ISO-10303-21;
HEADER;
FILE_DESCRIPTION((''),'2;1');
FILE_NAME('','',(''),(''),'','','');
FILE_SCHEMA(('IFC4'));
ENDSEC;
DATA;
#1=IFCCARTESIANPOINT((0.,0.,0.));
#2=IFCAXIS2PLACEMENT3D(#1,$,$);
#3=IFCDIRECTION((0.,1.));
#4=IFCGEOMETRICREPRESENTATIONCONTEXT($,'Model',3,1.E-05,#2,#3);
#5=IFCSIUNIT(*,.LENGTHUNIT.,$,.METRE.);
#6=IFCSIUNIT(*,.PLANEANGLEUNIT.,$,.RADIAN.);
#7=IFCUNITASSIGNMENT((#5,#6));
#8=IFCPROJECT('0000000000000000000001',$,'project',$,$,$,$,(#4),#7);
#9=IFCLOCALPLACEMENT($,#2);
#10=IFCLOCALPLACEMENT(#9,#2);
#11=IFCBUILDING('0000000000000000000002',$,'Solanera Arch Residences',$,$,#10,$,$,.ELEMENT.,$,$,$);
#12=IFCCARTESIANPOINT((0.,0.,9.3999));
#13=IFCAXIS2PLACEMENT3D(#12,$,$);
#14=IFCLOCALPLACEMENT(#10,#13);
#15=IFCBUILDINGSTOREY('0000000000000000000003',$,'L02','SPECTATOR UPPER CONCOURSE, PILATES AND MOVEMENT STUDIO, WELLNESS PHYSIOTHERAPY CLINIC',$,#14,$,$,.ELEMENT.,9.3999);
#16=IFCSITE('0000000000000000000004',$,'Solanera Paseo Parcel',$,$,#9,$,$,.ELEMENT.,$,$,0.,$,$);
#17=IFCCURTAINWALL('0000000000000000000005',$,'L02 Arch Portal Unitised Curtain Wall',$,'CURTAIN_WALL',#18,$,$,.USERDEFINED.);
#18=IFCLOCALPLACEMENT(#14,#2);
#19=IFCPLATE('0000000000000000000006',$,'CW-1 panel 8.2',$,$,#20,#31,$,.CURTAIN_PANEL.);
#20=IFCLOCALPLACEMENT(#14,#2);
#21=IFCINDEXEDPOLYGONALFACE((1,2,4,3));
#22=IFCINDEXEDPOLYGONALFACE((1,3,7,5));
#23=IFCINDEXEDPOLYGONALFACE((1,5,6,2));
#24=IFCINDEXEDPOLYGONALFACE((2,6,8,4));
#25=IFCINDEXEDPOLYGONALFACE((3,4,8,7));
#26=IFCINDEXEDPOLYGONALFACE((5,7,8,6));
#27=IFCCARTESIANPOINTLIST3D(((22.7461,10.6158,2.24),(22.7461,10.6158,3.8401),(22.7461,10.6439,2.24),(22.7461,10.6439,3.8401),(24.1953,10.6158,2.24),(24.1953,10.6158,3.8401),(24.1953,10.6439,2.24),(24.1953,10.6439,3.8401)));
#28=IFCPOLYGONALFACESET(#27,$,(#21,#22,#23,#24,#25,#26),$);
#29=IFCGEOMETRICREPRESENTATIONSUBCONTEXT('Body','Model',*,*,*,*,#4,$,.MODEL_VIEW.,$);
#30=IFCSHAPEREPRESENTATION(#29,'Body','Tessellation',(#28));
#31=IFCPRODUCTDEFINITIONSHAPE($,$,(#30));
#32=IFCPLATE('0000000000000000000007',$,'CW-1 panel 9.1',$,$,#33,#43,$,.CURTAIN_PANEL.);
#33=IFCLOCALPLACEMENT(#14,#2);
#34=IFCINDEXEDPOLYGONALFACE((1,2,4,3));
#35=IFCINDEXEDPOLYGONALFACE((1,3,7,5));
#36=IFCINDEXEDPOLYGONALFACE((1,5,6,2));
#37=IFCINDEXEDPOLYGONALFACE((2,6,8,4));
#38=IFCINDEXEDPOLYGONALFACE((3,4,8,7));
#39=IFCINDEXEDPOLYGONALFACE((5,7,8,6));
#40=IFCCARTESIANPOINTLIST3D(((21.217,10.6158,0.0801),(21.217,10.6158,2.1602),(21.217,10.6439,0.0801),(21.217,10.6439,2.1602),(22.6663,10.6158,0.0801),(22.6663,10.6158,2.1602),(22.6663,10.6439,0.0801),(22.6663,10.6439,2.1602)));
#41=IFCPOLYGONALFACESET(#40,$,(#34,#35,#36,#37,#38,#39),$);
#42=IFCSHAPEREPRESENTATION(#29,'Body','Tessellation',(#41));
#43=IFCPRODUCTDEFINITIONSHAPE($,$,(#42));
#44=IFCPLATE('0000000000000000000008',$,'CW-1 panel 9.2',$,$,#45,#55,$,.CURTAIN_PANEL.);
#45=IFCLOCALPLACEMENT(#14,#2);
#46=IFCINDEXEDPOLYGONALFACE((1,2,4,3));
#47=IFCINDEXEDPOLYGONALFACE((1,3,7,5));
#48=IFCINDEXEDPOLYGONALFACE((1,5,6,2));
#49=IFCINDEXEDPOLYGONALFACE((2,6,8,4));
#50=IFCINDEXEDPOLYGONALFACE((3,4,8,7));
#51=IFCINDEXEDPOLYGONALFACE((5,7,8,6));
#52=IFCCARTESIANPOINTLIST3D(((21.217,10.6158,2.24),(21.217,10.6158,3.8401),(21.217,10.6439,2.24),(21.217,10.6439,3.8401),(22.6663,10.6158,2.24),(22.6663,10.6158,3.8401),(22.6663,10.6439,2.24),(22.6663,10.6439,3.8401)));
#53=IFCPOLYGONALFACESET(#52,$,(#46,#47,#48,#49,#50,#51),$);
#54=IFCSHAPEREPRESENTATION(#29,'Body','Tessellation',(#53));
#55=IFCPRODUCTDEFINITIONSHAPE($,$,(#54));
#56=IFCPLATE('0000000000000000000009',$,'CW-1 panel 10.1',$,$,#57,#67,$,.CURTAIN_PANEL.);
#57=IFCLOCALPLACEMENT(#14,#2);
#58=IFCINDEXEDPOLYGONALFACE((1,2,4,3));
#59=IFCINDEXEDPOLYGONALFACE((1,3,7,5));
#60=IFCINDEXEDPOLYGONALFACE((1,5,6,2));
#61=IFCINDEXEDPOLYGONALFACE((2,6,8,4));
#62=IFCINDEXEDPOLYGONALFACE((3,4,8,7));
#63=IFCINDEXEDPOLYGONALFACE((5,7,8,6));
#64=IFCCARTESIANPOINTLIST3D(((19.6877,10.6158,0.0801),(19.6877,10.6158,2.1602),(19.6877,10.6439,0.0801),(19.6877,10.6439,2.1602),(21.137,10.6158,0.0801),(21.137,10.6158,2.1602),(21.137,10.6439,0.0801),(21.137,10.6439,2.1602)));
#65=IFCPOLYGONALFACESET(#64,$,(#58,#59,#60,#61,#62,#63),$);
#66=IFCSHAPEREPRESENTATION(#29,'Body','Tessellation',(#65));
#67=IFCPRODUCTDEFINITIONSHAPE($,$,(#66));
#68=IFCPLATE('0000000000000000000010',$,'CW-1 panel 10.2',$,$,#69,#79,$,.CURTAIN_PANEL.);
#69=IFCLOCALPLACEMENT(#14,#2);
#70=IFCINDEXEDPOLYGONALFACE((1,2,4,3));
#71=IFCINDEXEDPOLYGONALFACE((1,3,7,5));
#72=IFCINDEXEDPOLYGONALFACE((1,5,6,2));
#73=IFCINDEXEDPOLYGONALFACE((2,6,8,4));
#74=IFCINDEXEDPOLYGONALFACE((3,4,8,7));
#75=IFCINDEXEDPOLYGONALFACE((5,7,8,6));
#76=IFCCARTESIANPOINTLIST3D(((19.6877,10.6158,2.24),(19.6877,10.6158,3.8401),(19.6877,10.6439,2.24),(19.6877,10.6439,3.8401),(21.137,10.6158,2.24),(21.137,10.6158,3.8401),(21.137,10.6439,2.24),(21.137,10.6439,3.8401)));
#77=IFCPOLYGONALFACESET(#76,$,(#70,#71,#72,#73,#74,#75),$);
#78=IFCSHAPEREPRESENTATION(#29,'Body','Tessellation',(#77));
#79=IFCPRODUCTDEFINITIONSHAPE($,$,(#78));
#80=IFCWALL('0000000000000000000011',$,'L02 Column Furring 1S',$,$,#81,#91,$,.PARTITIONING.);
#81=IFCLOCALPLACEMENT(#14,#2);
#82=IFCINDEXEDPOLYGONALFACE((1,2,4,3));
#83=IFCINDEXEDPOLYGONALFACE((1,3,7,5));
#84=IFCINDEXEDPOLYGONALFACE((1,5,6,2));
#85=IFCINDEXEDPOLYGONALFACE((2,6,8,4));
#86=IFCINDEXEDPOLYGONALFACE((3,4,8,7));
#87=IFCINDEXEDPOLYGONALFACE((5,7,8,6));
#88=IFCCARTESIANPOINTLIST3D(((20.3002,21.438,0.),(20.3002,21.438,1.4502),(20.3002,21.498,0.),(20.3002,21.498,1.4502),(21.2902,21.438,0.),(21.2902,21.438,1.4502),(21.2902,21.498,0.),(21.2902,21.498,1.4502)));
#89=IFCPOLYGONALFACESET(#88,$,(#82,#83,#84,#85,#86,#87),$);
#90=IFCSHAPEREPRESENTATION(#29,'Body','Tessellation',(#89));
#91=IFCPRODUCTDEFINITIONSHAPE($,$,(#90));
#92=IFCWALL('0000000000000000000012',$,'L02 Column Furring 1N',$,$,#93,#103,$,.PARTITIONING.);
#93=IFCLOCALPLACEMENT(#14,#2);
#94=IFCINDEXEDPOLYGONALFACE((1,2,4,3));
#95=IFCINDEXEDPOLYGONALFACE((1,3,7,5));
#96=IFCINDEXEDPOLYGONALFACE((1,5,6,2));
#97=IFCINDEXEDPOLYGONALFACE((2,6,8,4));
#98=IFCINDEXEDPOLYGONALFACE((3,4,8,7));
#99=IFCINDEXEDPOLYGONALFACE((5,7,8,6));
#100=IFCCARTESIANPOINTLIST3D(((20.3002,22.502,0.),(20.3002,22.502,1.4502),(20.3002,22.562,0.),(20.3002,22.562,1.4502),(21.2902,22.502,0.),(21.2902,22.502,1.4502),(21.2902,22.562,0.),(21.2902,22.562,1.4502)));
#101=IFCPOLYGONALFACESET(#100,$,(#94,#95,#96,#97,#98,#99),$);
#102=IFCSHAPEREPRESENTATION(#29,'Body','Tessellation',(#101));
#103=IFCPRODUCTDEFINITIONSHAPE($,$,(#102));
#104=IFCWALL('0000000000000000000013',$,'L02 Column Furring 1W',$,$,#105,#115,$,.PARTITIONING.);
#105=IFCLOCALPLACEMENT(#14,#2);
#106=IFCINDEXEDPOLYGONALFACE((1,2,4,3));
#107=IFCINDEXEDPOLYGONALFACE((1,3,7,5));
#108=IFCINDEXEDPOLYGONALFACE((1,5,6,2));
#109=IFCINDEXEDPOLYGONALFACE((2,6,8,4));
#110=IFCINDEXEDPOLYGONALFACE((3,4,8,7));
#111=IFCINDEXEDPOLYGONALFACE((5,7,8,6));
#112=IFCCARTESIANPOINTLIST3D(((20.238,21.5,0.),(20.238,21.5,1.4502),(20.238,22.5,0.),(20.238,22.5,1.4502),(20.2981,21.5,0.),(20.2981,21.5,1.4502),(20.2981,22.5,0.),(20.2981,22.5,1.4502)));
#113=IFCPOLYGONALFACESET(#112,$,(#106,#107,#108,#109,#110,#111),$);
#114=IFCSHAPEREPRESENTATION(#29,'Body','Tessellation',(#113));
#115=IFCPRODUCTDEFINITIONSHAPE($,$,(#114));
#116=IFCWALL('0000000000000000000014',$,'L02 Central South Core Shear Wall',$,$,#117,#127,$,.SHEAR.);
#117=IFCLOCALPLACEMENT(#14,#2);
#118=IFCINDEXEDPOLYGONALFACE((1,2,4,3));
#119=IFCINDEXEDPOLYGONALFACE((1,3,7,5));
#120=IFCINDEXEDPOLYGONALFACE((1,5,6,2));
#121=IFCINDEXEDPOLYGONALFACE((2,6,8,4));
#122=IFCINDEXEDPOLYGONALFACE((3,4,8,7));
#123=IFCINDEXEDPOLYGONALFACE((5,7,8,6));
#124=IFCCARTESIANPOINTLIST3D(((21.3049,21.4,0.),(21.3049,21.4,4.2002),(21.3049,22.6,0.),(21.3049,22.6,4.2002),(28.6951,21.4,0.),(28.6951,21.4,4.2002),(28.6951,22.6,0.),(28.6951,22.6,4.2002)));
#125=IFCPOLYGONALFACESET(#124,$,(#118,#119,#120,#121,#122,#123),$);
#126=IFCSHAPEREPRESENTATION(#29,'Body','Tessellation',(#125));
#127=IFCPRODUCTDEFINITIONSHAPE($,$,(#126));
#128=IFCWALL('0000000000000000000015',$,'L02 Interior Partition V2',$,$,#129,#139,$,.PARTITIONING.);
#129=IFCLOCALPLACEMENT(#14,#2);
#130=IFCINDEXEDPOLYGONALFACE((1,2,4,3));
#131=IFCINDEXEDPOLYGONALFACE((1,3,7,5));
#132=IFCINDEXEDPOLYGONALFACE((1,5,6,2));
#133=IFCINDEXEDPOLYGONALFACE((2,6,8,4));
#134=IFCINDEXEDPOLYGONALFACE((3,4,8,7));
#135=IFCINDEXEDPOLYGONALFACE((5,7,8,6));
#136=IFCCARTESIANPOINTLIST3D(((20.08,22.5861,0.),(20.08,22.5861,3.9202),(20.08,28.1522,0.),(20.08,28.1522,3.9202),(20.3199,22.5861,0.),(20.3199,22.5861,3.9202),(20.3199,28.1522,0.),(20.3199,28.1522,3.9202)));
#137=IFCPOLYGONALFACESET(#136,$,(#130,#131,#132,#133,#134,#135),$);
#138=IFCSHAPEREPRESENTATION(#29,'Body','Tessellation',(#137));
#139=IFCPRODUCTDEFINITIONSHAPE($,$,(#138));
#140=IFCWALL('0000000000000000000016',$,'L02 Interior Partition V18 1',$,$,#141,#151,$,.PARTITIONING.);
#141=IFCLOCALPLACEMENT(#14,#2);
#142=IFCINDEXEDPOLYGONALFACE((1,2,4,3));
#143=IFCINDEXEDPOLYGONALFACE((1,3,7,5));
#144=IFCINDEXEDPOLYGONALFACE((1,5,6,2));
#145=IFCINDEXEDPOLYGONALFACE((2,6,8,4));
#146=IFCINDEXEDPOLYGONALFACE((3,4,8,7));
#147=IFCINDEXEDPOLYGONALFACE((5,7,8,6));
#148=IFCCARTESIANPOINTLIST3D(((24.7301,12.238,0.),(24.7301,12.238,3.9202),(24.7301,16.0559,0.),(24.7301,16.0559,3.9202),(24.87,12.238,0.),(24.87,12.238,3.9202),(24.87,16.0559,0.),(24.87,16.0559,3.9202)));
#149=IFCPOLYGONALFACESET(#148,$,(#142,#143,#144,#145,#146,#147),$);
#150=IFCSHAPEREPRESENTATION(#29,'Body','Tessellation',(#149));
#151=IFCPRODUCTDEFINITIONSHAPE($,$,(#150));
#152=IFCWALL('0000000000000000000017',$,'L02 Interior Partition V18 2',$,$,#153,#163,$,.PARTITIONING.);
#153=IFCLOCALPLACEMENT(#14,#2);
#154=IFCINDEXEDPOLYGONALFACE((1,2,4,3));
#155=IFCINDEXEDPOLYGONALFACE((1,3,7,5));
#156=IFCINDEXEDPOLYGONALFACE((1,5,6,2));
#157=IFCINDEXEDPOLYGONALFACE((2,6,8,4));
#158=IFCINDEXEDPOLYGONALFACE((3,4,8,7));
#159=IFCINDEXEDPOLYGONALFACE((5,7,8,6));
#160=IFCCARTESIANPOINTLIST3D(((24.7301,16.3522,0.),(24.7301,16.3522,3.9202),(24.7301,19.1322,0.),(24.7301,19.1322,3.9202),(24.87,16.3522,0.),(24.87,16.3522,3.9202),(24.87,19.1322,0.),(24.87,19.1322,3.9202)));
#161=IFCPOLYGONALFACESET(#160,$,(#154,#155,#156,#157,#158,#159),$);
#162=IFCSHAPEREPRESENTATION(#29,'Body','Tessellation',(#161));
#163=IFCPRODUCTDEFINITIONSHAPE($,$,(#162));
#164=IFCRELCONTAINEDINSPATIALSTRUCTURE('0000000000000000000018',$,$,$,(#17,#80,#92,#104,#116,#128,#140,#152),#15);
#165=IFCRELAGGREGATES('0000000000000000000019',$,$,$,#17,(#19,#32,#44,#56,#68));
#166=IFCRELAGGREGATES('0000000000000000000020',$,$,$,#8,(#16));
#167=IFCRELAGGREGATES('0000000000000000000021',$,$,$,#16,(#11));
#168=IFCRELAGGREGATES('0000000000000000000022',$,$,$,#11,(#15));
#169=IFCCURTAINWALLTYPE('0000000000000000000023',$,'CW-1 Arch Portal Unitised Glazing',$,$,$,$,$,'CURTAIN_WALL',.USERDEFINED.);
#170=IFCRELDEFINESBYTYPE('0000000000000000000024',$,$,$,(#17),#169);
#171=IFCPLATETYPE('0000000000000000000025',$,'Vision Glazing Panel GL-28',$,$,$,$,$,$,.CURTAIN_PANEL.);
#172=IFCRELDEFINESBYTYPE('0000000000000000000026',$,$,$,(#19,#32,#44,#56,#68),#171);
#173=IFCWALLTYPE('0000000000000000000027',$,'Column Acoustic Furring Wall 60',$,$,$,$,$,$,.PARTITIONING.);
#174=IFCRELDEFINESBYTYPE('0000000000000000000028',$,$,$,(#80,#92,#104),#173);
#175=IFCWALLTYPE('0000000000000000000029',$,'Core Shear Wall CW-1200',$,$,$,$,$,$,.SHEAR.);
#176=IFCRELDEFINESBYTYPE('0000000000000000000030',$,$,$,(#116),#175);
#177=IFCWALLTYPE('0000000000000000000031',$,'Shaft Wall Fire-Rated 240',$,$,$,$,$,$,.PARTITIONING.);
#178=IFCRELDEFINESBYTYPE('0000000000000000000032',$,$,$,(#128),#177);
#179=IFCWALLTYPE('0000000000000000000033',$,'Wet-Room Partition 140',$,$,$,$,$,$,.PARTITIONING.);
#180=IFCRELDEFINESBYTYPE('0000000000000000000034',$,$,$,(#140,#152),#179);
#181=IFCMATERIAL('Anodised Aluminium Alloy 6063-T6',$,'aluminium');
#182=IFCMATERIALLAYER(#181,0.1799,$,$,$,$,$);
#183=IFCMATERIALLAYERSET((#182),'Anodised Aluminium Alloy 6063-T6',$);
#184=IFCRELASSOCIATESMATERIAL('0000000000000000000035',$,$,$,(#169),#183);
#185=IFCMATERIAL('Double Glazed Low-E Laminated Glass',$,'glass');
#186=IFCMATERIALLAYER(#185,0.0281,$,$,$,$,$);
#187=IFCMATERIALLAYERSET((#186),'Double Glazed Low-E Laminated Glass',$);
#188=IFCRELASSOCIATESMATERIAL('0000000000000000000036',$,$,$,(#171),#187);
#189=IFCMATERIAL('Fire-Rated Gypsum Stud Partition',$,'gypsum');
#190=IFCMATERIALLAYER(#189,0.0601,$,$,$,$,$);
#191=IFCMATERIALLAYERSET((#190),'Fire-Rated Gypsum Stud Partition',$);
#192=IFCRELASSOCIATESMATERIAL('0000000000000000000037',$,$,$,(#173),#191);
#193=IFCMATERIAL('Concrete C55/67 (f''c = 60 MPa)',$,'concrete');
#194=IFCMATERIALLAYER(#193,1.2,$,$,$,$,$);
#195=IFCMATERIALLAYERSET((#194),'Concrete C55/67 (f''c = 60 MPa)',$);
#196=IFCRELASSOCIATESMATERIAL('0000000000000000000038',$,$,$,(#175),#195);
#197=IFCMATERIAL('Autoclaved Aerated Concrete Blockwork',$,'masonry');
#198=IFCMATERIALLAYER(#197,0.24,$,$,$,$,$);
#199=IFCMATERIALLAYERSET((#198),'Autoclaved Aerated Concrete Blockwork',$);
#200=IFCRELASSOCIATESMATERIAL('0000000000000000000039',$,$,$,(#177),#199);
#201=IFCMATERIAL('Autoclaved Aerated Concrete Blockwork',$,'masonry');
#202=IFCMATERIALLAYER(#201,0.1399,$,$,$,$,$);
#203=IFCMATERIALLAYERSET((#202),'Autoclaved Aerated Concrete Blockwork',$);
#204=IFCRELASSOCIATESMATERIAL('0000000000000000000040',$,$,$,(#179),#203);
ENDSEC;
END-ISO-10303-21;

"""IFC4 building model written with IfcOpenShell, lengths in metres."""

from ifc_helpers import new_model, si_unit, direction, frame, frame_2d, origin, origin_2d, place, context, subcontext, project, spatial, rectangle, extrude, material, layer, layer_set, type_object, element, aggregate, save


model = new_model("IFC4")

# Units and contexts
model_context = context("Model", 3, precision=1e-05, world=origin(), true_north=direction((0.0, 1.0)))
body_context = subcontext(model_context, "Body", "Model", "MODEL_VIEW")
ifc_project = project(units=[si_unit("LENGTHUNIT", "METRE"), si_unit("PLANEANGLEUNIT", "RADIAN")], contexts=[model_context])

# Site, building, storey
site_placement = place(None, origin())
site = spatial("IfcSite", under=ifc_project, at=site_placement, Name="Solanera Paseo Parcel", CompositionType="ELEMENT", RefElevation=0.0)
building_placement = place(site_placement, origin())
building = spatial("IfcBuilding", under=site, at=building_placement, Name="Solanera Arch Residences", CompositionType="ELEMENT")
storey_placement = place(building_placement, frame((0.0, 0.0, 9.3999)))
storey = spatial("IfcBuildingStorey", under=building, at=storey_placement, Name="L02", Description="SPECTATOR UPPER CONCOURSE, PILATES AND MOVEMENT STUDIO, WELLNESS PHYSIOTHERAPY CLINIC", CompositionType="ELEMENT", Elevation=9.3999)

# Curtain wall
ifc_material_1 = material(Name="Anodised Aluminium Alloy 6063-T6", Category="aluminium")
ifc_layer_1 = layer(ifc_material_1, 0.1799)
ifc_layer_set_1 = layer_set([ifc_layer_1], Name="Anodised Aluminium Alloy 6063-T6")
curtain_wall_type = type_object("IfcCurtainWallType", Name="CW-1 Arch Portal Unitised Glazing", ElementType="CURTAIN_WALL", PredefinedType="USERDEFINED", material=ifc_layer_set_1)
curtain_wall_placement = place(storey_placement, origin())
curtain_wall = element("IfcCurtainWall", 1, at=curtain_wall_placement, inside=storey, type_object=curtain_wall_type, Name="L02 Arch Portal Unitised Curtain Wall", ObjectType="CURTAIN_WALL", PredefinedType="USERDEFINED")

# Plates
ifc_material_2 = material(Name="Double Glazed Low-E Laminated Glass", Category="glass")
ifc_layer_2 = layer(ifc_material_2, 0.0281)
ifc_layer_set_2 = layer_set([ifc_layer_2], Name="Double Glazed Low-E Laminated Glass")
plate_type = type_object("IfcPlateType", Name="Vision Glazing Panel GL-28", PredefinedType="CURTAIN_PANEL", material=ifc_layer_set_2)
plate_1_placement = place(storey_placement, frame((23.4707, 10.6299, 2.24), z_axis=(0.0, 0.0, 1.0), x_axis=(-1.0, 0.0, 0.0)))
plate_1 = element("IfcPlate", 2, at=plate_1_placement, type_object=plate_type, Name="CW-1 panel 8.2", PredefinedType="CURTAIN_PANEL", context=body_context, shape_type="SweptSolid", body=[
    extrude(rectangle(XDim=1.4492, YDim=0.0281, at=origin_2d()), origin(), (0.0, 0.0, 1.0), 1.6001),
])
plate_2_placement = place(storey_placement, frame((21.9417, 10.6299, 0.0801), z_axis=(0.0, 0.0, 1.0), x_axis=(-1.0, 0.0, 0.0)))
plate_2 = element("IfcPlate", 3, at=plate_2_placement, type_object=plate_type, Name="CW-1 panel 9.1", PredefinedType="CURTAIN_PANEL", context=body_context, shape_type="SweptSolid", body=[
    extrude(rectangle(XDim=1.4492, YDim=0.0281, at=origin_2d()), origin(), (0.0, 0.0, 1.0), 2.0801),
])
plate_3_placement = place(storey_placement, frame((21.9417, 10.6299, 2.24), z_axis=(0.0, 0.0, 1.0), x_axis=(-1.0, 0.0, 0.0)))
plate_3 = element("IfcPlate", 4, at=plate_3_placement, type_object=plate_type, Name="CW-1 panel 9.2", PredefinedType="CURTAIN_PANEL", context=body_context, shape_type="SweptSolid", body=[
    extrude(rectangle(XDim=1.4492, YDim=0.0281, at=origin_2d()), origin(), (0.0, 0.0, 1.0), 1.6001),
])
plate_4_placement = place(storey_placement, frame((20.4124, 10.6299, 0.0801), z_axis=(0.0, 0.0, 1.0), x_axis=(-1.0, 0.0, 0.0)))
plate_4 = element("IfcPlate", 5, at=plate_4_placement, type_object=plate_type, Name="CW-1 panel 10.1", PredefinedType="CURTAIN_PANEL", context=body_context, shape_type="SweptSolid", body=[
    extrude(rectangle(XDim=1.4492, YDim=0.0281, at=origin_2d()), origin(), (0.0, 0.0, 1.0), 2.0801),
])
plate_5_placement = place(storey_placement, frame((20.4124, 10.6299, 2.24), z_axis=(0.0, 0.0, 1.0), x_axis=(-1.0, 0.0, 0.0)))
plate_5 = element("IfcPlate", 6, at=plate_5_placement, type_object=plate_type, Name="CW-1 panel 10.2", PredefinedType="CURTAIN_PANEL", context=body_context, shape_type="SweptSolid", body=[
    extrude(rectangle(XDim=1.4492, YDim=0.0281, at=origin_2d()), origin(), (0.0, 0.0, 1.0), 1.6001),
])
aggregate(curtain_wall, [plate_1, plate_2, plate_3, plate_4, plate_5])

# Walls
ifc_material_3 = material(Name="Fire-Rated Gypsum Stud Partition", Category="gypsum")
ifc_layer_3 = layer(ifc_material_3, 0.0601)
ifc_layer_set_3 = layer_set([ifc_layer_3], Name="Fire-Rated Gypsum Stud Partition")
wall_type_1 = type_object("IfcWallType", Name="Column Acoustic Furring Wall 60", PredefinedType="PARTITIONING", material=ifc_layer_set_3)
for number, where, z_axis, x_axis, name in (
    (7, (20.3, 21.468, 0.0), (0.0, 0.0, 1.0), (1.0, 0.0, 0.0), "L02 Column Furring 1S"),
    (8, (20.3, 22.532, 0.0), (0.0, 0.0, 1.0), (1.0, 0.0, 0.0), "L02 Column Furring 1N"),
):
    element("IfcWall", number, at=place(storey_placement, frame(where, z_axis=z_axis, x_axis=x_axis)), inside=storey, type_object=wall_type_1, Name=name, PredefinedType="PARTITIONING", context=body_context, shape_type="SweptSolid", body=[
        extrude(rectangle(XDim=0.99, YDim=0.0601, at=frame_2d((0.4951, 0.0))), origin(), (0.0, 0.0, 1.0), 1.4502),
    ])
wall_1_placement = place(storey_placement, frame((20.2681, 21.5, 0.0), z_axis=(0.0, 0.0, 1.0), x_axis=(0.0, 1.0, 0.0)))
element("IfcWall", 9, at=wall_1_placement, inside=storey, type_object=wall_type_1, Name="L02 Column Furring 1W", PredefinedType="PARTITIONING", context=body_context, shape_type="SweptSolid", body=[
    extrude(rectangle(XDim=1.0, YDim=0.0601, at=frame_2d((0.5, 0.0))), origin(), (0.0, 0.0, 1.0), 1.4502),
])
ifc_material_4 = material(Name="Concrete C55/67 (f'c = 60 MPa)", Category="concrete")
ifc_layer_4 = layer(ifc_material_4, 1.2)
ifc_layer_set_4 = layer_set([ifc_layer_4], Name="Concrete C55/67 (f'c = 60 MPa)")
wall_type_2 = type_object("IfcWallType", Name="Core Shear Wall CW-1200", PredefinedType="SHEAR", material=ifc_layer_set_4)
wall_2_placement = place(storey_placement, frame((21.3049, 22.0, 0.0), z_axis=(0.0, 0.0, 1.0), x_axis=(1.0, 0.0, 0.0)))
element("IfcWall", 10, at=wall_2_placement, inside=storey, type_object=wall_type_2, Name="L02 Central South Core Shear Wall", PredefinedType="SHEAR", context=body_context, shape_type="SweptSolid", body=[
    extrude(rectangle(XDim=7.3901, YDim=1.2, at=frame_2d((3.6951, 0.0))), origin(), (0.0, 0.0, 1.0), 4.2002),
])
ifc_material_5 = material(Name="Autoclaved Aerated Concrete Blockwork", Category="masonry")
ifc_layer_5 = layer(ifc_material_5, 0.24)
ifc_layer_set_5 = layer_set([ifc_layer_5], Name="Autoclaved Aerated Concrete Blockwork")
wall_type_3 = type_object("IfcWallType", Name="Shaft Wall Fire-Rated 240", PredefinedType="PARTITIONING", material=ifc_layer_set_5)
wall_3_placement = place(storey_placement, frame((20.2, 22.5859, 0.0), z_axis=(0.0, 0.0, 1.0), x_axis=(0.0, 1.0, 0.0)))
element("IfcWall", 11, at=wall_3_placement, inside=storey, type_object=wall_type_3, Name="L02 Interior Partition V2", PredefinedType="PARTITIONING", context=body_context, shape_type="SweptSolid", body=[
    extrude(rectangle(XDim=5.5662, YDim=0.24, at=frame_2d((2.7832, 0.0))), origin(), (0.0, 0.0, 1.0), 3.9202),
])
ifc_material_6 = material(Name="Autoclaved Aerated Concrete Blockwork", Category="masonry")
ifc_layer_6 = layer(ifc_material_6, 0.1399)
ifc_layer_set_6 = layer_set([ifc_layer_6], Name="Autoclaved Aerated Concrete Blockwork")
wall_type_4 = type_object("IfcWallType", Name="Wet-Room Partition 140", PredefinedType="PARTITIONING", material=ifc_layer_set_6)
wall_4_placement = place(storey_placement, frame((24.8, 12.238, 0.0), z_axis=(0.0, 0.0, 1.0), x_axis=(0.0, 1.0, 0.0)))
element("IfcWall", 12, at=wall_4_placement, inside=storey, type_object=wall_type_4, Name="L02 Interior Partition V18 1", PredefinedType="PARTITIONING", context=body_context, shape_type="SweptSolid", body=[
    extrude(rectangle(XDim=3.8179, YDim=0.1399, at=frame_2d((1.9089, 0.0))), origin(), (0.0, 0.0, 1.0), 3.9202),
])
wall_5_placement = place(storey_placement, frame((24.8, 16.3521, 0.0), z_axis=(0.0, 0.0, 1.0), x_axis=(0.0, 1.0, 0.0)))
element("IfcWall", 13, at=wall_5_placement, inside=storey, type_object=wall_type_4, Name="L02 Interior Partition V18 2", PredefinedType="PARTITIONING", context=body_context, shape_type="SweptSolid", body=[
    extrude(rectangle(XDim=2.78, YDim=0.1399, at=frame_2d((1.3901, 0.0))), origin(), (0.0, 0.0, 1.0), 3.9202),
])

save(model, "model.ifc")
